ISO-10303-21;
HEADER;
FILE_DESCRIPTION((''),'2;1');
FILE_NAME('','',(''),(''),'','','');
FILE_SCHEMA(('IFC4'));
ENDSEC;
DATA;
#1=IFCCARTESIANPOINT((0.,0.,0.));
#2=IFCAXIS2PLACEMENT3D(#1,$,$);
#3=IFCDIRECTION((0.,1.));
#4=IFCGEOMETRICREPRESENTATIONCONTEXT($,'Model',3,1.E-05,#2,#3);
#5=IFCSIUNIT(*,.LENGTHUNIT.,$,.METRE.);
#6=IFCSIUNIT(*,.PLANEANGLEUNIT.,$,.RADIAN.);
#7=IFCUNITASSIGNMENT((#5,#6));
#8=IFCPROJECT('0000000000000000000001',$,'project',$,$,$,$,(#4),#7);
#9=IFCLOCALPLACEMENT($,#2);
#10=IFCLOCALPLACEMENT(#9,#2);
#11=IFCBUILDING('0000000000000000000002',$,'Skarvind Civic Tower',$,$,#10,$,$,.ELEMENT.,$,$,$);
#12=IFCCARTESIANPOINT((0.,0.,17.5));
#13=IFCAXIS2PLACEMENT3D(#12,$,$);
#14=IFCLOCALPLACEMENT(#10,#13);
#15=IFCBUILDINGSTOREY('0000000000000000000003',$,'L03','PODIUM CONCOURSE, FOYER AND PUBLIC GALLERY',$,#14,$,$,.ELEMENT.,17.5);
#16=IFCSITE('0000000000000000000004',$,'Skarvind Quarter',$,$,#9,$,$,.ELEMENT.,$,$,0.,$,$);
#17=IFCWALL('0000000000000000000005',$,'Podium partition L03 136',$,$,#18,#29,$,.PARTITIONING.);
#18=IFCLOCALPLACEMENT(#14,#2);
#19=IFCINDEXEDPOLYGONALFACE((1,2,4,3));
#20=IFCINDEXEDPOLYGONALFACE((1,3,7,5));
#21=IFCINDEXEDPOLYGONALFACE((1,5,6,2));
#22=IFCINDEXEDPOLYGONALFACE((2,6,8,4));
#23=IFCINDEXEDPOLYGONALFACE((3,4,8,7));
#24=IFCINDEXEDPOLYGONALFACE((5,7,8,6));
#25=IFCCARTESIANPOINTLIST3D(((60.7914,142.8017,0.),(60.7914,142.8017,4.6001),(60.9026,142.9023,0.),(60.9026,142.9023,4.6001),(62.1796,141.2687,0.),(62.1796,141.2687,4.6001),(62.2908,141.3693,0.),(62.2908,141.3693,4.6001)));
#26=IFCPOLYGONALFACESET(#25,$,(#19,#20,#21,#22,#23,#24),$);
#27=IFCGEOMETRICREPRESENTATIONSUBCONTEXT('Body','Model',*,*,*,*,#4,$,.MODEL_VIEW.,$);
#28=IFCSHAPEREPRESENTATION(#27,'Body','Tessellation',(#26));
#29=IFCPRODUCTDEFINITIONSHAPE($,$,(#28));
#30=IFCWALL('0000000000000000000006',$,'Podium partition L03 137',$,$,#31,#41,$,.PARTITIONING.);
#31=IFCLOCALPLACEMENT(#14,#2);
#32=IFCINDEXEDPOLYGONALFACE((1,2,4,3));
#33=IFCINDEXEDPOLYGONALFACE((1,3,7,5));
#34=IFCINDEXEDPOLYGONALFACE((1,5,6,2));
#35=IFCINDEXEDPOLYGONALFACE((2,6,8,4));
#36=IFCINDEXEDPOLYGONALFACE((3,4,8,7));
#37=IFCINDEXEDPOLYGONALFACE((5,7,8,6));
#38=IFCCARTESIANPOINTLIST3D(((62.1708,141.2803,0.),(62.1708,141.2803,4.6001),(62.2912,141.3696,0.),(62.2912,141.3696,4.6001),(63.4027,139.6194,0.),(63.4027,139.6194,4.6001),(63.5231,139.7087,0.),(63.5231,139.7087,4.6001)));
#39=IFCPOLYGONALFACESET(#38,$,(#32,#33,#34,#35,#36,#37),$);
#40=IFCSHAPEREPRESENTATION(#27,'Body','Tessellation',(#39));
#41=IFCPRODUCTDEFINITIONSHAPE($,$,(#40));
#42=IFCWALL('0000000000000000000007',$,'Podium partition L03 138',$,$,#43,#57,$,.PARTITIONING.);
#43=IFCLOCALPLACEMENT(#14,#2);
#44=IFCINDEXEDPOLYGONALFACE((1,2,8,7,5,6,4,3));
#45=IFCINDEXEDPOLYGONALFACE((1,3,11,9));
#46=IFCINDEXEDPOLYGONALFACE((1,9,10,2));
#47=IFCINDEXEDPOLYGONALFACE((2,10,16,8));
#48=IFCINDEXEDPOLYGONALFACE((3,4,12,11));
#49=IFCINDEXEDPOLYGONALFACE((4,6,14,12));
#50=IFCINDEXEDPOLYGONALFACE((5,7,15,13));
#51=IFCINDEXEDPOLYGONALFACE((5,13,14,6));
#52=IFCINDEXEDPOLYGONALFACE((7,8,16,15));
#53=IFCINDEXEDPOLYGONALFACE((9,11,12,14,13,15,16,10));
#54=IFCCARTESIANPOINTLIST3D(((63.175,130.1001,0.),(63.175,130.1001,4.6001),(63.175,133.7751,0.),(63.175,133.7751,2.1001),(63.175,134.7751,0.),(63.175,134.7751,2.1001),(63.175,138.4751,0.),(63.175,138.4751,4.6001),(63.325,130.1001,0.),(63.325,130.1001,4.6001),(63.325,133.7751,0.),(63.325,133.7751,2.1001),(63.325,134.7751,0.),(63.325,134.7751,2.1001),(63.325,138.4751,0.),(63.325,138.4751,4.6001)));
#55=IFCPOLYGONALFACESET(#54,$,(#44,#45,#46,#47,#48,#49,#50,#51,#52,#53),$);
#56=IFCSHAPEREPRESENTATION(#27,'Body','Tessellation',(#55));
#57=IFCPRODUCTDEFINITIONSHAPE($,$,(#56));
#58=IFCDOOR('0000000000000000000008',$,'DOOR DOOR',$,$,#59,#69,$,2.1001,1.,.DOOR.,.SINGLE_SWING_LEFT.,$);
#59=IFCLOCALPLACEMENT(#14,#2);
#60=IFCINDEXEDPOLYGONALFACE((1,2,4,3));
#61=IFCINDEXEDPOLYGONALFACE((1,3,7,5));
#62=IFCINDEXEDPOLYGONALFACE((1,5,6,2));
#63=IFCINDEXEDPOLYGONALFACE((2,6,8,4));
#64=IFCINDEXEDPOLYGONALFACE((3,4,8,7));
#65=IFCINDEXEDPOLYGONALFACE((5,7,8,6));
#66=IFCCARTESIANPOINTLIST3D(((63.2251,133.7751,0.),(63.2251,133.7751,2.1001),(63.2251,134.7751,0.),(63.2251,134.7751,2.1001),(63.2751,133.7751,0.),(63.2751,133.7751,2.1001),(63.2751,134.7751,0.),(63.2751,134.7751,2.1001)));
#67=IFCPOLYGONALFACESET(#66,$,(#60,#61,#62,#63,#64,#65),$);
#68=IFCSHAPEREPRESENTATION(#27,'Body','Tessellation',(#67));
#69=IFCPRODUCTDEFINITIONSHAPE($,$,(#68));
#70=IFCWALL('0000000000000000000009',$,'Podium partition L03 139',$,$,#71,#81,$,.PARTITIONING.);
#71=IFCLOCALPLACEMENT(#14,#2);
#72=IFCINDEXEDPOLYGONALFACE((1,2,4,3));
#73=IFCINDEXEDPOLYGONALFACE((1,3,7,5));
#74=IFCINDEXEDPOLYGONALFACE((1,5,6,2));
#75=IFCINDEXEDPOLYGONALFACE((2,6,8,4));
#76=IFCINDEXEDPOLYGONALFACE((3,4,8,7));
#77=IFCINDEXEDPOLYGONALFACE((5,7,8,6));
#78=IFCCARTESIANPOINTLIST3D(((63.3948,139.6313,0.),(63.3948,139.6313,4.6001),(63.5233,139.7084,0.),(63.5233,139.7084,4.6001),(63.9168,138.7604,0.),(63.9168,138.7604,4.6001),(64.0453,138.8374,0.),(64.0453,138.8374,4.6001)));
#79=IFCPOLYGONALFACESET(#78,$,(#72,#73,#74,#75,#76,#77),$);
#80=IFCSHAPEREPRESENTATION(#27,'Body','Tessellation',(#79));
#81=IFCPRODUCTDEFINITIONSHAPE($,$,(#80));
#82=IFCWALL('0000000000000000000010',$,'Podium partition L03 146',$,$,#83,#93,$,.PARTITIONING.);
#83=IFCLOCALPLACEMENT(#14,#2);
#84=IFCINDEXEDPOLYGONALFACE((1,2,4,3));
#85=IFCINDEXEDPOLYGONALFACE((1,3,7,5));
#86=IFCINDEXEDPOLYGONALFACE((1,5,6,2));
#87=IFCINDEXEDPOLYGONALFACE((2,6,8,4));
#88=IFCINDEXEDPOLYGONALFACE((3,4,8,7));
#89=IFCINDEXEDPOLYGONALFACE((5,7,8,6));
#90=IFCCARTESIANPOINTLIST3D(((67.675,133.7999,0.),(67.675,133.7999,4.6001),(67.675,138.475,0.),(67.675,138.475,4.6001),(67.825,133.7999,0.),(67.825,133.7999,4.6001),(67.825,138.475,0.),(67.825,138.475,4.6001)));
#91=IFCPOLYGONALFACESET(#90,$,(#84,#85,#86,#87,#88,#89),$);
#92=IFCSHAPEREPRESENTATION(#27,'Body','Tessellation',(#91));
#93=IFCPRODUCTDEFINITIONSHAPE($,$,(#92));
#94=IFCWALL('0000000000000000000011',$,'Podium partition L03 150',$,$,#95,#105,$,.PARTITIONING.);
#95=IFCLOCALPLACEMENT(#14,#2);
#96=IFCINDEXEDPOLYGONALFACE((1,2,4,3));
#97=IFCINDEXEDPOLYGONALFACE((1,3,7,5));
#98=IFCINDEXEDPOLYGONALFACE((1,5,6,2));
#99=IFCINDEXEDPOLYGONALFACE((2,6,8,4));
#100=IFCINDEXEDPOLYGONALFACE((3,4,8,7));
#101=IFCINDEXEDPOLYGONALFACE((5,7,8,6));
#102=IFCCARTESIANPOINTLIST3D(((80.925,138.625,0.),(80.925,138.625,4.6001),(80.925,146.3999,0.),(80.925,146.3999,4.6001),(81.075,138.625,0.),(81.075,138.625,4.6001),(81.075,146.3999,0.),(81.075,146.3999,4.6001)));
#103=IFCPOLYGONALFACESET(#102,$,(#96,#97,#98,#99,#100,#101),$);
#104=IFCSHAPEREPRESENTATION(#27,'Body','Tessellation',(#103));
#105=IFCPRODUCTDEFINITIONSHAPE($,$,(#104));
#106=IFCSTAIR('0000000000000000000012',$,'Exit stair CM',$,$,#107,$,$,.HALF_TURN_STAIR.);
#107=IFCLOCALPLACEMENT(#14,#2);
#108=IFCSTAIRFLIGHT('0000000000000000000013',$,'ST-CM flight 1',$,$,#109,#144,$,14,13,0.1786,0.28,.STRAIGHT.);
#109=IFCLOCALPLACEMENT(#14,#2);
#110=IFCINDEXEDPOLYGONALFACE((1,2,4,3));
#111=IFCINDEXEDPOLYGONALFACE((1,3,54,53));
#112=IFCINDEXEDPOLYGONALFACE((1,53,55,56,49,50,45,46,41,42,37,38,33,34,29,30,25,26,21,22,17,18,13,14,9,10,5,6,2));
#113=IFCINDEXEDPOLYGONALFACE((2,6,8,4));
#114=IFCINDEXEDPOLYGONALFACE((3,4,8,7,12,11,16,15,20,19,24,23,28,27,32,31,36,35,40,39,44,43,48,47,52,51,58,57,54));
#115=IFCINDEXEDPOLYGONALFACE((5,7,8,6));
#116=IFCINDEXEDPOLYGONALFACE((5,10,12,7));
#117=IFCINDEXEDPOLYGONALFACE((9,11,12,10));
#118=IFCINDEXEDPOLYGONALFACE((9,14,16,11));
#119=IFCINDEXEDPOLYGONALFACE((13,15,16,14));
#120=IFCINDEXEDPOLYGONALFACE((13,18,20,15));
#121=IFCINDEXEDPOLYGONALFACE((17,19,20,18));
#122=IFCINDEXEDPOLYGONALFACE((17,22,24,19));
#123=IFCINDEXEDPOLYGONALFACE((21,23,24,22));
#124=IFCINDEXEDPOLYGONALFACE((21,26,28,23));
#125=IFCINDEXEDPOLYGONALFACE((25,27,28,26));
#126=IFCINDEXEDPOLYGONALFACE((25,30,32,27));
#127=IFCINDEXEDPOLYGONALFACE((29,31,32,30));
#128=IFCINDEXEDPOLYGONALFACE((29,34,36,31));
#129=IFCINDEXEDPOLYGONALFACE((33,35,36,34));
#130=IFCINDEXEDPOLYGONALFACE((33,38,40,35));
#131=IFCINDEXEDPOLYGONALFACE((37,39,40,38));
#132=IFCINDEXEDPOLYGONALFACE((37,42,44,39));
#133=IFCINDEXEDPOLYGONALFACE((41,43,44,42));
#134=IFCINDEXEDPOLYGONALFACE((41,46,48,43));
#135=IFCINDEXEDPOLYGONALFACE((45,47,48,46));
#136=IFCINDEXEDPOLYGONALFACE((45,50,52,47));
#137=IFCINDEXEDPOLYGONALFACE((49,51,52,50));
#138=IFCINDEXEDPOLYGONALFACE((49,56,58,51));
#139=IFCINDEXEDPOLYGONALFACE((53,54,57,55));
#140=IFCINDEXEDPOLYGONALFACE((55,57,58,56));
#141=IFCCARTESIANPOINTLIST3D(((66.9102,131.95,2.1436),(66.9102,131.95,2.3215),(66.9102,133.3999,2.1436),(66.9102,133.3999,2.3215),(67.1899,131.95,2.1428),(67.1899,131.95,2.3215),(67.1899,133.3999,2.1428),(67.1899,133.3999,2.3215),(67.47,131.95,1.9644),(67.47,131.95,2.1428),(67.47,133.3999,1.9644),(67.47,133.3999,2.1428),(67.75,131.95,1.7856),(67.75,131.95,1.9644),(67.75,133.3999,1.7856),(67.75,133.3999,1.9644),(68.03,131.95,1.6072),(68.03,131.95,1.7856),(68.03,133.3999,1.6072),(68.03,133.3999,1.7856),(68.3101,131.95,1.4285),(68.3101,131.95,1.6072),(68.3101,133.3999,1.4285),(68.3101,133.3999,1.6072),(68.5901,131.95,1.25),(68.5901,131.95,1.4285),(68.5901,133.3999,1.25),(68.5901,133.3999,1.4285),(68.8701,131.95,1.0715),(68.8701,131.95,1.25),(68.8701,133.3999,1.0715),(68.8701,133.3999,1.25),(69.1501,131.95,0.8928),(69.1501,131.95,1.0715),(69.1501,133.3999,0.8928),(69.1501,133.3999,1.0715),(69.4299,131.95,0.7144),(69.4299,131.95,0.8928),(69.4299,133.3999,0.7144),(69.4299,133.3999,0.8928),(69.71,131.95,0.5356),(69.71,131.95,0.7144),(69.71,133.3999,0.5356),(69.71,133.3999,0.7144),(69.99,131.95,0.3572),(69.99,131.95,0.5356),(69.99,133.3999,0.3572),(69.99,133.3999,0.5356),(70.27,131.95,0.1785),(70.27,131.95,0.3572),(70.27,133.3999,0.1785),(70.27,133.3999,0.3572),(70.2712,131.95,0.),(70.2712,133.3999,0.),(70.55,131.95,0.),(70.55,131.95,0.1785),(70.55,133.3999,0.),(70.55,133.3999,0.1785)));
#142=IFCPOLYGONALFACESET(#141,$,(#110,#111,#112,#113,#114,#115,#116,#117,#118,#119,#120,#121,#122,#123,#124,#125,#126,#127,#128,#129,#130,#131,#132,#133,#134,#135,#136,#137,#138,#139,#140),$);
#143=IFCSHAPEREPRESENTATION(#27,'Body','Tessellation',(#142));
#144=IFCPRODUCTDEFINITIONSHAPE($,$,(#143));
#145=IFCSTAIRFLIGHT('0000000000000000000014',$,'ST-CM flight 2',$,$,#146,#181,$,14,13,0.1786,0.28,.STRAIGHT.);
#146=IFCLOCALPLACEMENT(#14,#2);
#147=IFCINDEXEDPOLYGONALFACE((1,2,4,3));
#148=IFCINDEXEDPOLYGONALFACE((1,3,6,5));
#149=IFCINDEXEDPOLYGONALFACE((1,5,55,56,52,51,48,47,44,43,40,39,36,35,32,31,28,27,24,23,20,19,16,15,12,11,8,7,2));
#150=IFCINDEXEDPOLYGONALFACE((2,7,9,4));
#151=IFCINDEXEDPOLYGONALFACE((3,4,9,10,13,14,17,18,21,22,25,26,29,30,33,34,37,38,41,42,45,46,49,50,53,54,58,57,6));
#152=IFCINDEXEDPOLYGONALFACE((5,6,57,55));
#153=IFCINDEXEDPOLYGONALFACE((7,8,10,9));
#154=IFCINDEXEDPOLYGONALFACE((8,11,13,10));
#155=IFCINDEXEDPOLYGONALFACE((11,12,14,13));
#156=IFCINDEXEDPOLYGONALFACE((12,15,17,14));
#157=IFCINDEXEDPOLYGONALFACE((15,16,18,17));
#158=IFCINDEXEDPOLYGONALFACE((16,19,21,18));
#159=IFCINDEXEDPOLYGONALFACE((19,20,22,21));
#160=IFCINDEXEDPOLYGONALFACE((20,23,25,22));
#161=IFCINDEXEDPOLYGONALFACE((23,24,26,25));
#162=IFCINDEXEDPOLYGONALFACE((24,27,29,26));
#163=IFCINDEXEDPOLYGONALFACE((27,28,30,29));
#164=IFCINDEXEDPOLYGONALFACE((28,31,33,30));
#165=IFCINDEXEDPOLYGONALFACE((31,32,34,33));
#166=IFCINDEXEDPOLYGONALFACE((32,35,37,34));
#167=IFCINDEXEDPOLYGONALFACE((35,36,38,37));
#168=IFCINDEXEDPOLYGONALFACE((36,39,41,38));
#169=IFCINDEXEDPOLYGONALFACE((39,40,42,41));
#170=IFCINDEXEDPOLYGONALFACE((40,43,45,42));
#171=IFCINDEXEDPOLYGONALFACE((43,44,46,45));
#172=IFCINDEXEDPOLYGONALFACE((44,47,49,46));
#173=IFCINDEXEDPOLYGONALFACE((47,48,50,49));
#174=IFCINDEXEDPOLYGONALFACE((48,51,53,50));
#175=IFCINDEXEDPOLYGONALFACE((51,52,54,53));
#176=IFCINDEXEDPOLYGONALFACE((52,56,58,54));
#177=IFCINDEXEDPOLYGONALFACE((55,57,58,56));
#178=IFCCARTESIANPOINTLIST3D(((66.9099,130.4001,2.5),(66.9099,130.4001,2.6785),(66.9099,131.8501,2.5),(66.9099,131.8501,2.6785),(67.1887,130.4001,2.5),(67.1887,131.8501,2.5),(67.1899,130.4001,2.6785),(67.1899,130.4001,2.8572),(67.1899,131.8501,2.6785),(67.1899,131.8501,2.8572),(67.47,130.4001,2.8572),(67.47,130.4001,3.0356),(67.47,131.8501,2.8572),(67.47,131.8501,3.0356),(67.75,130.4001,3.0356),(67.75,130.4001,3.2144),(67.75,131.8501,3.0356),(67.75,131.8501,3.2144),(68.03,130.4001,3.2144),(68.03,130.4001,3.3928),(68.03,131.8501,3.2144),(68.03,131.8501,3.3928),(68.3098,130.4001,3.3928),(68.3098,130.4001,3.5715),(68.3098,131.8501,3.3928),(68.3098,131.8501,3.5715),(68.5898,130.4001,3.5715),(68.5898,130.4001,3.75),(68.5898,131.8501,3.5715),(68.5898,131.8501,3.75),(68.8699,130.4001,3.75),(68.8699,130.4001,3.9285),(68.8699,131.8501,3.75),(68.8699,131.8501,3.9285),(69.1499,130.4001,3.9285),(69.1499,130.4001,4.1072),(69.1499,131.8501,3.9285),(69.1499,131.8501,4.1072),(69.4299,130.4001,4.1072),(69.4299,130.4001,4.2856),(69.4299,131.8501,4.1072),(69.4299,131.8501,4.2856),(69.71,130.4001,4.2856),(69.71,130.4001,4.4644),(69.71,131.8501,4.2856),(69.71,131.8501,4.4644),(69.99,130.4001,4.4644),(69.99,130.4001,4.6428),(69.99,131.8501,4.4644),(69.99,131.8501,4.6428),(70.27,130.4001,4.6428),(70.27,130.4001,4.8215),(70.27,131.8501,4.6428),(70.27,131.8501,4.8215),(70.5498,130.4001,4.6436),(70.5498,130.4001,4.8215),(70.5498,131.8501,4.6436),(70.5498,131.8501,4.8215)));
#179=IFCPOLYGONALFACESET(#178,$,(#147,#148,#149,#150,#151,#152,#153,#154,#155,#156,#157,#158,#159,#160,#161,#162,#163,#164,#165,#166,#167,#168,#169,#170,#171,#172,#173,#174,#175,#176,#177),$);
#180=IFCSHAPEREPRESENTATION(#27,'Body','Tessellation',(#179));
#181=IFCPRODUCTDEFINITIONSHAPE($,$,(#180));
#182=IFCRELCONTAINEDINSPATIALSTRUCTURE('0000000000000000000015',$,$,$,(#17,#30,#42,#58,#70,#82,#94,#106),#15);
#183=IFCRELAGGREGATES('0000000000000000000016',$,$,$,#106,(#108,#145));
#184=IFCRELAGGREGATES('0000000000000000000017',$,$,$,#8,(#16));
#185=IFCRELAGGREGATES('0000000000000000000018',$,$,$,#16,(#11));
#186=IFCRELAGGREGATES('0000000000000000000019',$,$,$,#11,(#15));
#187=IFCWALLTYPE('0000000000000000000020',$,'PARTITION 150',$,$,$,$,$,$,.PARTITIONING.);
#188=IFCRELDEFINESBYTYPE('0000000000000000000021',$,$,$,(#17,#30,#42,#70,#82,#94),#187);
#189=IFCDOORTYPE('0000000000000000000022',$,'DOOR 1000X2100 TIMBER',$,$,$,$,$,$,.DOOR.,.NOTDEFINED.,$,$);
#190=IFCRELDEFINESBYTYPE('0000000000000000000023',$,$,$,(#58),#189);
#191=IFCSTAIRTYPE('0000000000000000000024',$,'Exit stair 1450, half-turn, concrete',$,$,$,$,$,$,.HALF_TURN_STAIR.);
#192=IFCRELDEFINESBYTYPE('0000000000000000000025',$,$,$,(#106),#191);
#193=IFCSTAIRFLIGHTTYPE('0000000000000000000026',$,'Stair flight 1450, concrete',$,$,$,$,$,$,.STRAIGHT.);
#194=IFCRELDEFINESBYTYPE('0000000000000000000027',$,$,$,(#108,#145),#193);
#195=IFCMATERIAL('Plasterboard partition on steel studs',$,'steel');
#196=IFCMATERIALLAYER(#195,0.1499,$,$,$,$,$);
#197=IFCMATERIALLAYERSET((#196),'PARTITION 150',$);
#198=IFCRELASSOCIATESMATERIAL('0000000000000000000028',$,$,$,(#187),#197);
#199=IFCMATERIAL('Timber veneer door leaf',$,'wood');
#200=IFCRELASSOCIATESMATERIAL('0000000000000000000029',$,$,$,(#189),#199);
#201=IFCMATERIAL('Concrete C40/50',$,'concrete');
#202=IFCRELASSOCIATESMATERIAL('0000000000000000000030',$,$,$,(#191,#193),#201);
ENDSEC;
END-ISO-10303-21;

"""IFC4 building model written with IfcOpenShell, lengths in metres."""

from ifc_helpers import new_model, si_unit, direction, frame, frame_2d, origin, place, context, subcontext, project, spatial, polyline, rectangle, outline, extrude, material, layer, layer_set, type_object, element, fill, aggregate, save


model = new_model("IFC4")

# Units and contexts
model_context = context("Model", 3, precision=1e-05, world=origin(), true_north=direction((0.0, 1.0)))
body_context = subcontext(model_context, "Body", "Model", "MODEL_VIEW")
ifc_project = project(units=[si_unit("LENGTHUNIT", "METRE"), si_unit("PLANEANGLEUNIT", "RADIAN")], contexts=[model_context])

# Site, building, storey
site_placement = place(None, origin())
site = spatial("IfcSite", under=ifc_project, at=site_placement, Name="Skarvind Quarter", CompositionType="ELEMENT", RefElevation=0.0)
building_placement = place(site_placement, origin())
building = spatial("IfcBuilding", under=site, at=building_placement, Name="Skarvind Civic Tower", CompositionType="ELEMENT")
storey_placement = place(building_placement, frame((0.0, 0.0, 17.5)))
storey = spatial("IfcBuildingStorey", under=building, at=storey_placement, Name="L03", Description="PODIUM CONCOURSE, FOYER AND PUBLIC GALLERY", CompositionType="ELEMENT", Elevation=17.5)

# Walls
ifc_material_1 = material(Name="Plasterboard partition on steel studs", Category="steel")
ifc_layer_1 = layer(ifc_material_1, 0.1499)
ifc_layer_set_1 = layer_set([ifc_layer_1], Name="PARTITION 150")
wall_type_1 = type_object("IfcWallType", Name="PARTITION 150", PredefinedType="PARTITIONING", material=ifc_layer_set_1)
for number, where, z_axis, x_axis, name in (
    (1, (60.8469, 142.8521, 0.0), (0.0, 0.0, 1.0), (0.671238, -0.741242, 0.0), "Podium partition L03 136"),
):
    element("IfcWall", number, at=place(storey_placement, frame(where, z_axis=z_axis, x_axis=x_axis)), inside=storey, type_object=wall_type_1, Name=name, PredefinedType="PARTITIONING", context=body_context, shape_type="SweptSolid", body=[
        extrude(rectangle(XDim=2.0681, YDim=0.1499, at=frame_2d((1.0342, 0.0))), origin(), (0.0, 0.0, 1.0), 4.6001),
    ])
wall_1_placement = place(storey_placement, frame((62.231, 141.325, 0.0), z_axis=(0.0, 0.0, 1.0), x_axis=(0.595741, -0.803176, 0.0)))
element("IfcWall", 2, at=wall_1_placement, inside=storey, type_object=wall_type_1, Name="Podium partition L03 137", PredefinedType="PARTITIONING", context=body_context, shape_type="SweptSolid", body=[
    extrude(rectangle(XDim=2.0679, YDim=0.1499, at=frame_2d((1.0339, 0.0))), origin(), (0.0, 0.0, 1.0), 4.6001),
])

# Wall, opening, door
wall_2_placement = place(storey_placement, frame((63.25, 130.1001, 0.0), z_axis=(0.0, 0.0, 1.0), x_axis=(0.0, 1.0, 0.0)))
wall_2 = element("IfcWall", 3, at=wall_2_placement, inside=storey, type_object=wall_type_1, Name="Podium partition L03 138", PredefinedType="PARTITIONING", context=body_context, shape_type="SweptSolid", body=[
    extrude(rectangle(XDim=8.375, YDim=0.1499, at=frame_2d((4.1875, 0.0))), origin(), (0.0, 0.0, 1.0), 4.6001),
])
opening_1_placement = place(wall_2_placement, frame((3.675, 0.0, 0.0)))
opening_1 = element("IfcOpeningElement", 4, at=opening_1_placement, cuts=wall_2, PredefinedType="OPENING", context=body_context, shape_type="SweptSolid", body=[
    extrude(rectangle(XDim=1.0, YDim=2.1001, at=frame_2d((0.5, 1.05))), frame((0.0, 0.085, 0.0), z_axis=(0.0, -1.0, 0.0), x_axis=(1.0, 0.0, 0.0)), (0.0, 0.0, 1.0), 0.1699),
])
ifc_material_2 = material(Name="Timber veneer door leaf", Category="wood")
door_type_1 = type_object("IfcDoorType", Name="DOOR 1000X2100 TIMBER", OperationType="NOTDEFINED", PredefinedType="DOOR", material=ifc_material_2)
door_1_placement = place(opening_1_placement, origin())
door_1 = element("IfcDoor", 5, at=door_1_placement, inside=storey, type_object=door_type_1, Name="DOOR DOOR", OperationType="SINGLE_SWING_LEFT", OverallHeight=2.1001, OverallWidth=1.0, PredefinedType="DOOR", context=body_context, shape_type="SweptSolid", body=[
    extrude(rectangle(XDim=1.0, YDim=2.1001, at=frame_2d((0.5, 1.05))), frame((0.0, 0.0249, 0.0), z_axis=(0.0, -1.0, 0.0), x_axis=(1.0, 0.0, 0.0)), (0.0, 0.0, 1.0), 0.05),
])
fill(opening_1, door_1)

# Walls
wall_3_placement = place(storey_placement, frame((63.459, 139.6699, 0.0), z_axis=(0.0, 0.0, 1.0), x_axis=(0.514107, -0.857726, 0.0)))
element("IfcWall", 6, at=wall_3_placement, inside=storey, type_object=wall_type_1, Name="Podium partition L03 139", PredefinedType="PARTITIONING", context=body_context, shape_type="SweptSolid", body=[
    extrude(rectangle(XDim=1.0154, YDim=0.1499, at=frame_2d((0.5078, 0.0))), origin(), (0.0, 0.0, 1.0), 4.6001),
])
wall_4_placement = place(storey_placement, frame((67.75, 133.8, 0.0), z_axis=(0.0, 0.0, 1.0), x_axis=(0.0, 1.0, 0.0)))
element("IfcWall", 7, at=wall_4_placement, inside=storey, type_object=wall_type_1, Name="Podium partition L03 146", PredefinedType="PARTITIONING", context=body_context, shape_type="SweptSolid", body=[
    extrude(rectangle(XDim=4.675, YDim=0.1499, at=frame_2d((2.3374, 0.0))), origin(), (0.0, 0.0, 1.0), 4.6001),
])
wall_5_placement = place(storey_placement, frame((81.0, 138.625, 0.0), z_axis=(0.0, 0.0, 1.0), x_axis=(0.0, 1.0, 0.0)))
element("IfcWall", 8, at=wall_5_placement, inside=storey, type_object=wall_type_1, Name="Podium partition L03 150", PredefinedType="PARTITIONING", context=body_context, shape_type="SweptSolid", body=[
    extrude(rectangle(XDim=7.7749, YDim=0.1499, at=frame_2d((3.8875, 0.0))), origin(), (0.0, 0.0, 1.0), 4.6001),
])

# Stair, stair flights
ifc_material_3 = material(Name="Concrete C40/50", Category="concrete")
stair_type = type_object("IfcStairType", Name="Exit stair 1450, half-turn, concrete", PredefinedType="HALF_TURN_STAIR", material=ifc_material_3)
stair_placement = place(storey_placement, origin())
stair = element("IfcStair", 9, at=stair_placement, inside=storey, type_object=stair_type, Name="Exit stair CM", PredefinedType="HALF_TURN_STAIR")
stair_flight_type = type_object("IfcStairFlightType", Name="Stair flight 1450, concrete", PredefinedType="STRAIGHT", material=ifc_material_3)
stair_flight_1_placement = place(storey_placement, frame((70.55, 132.675, 0.0), z_axis=(0.0, 0.0, 1.0), x_axis=(-1.0, 0.0, 0.0)))
stair_flight_1 = element("IfcStairFlight", 10, at=stair_flight_1_placement, type_object=stair_flight_type, Name="ST-CM flight 1", NumberOfRisers=14, NumberOfTreads=13, PredefinedType="STRAIGHT", RiserHeight=0.1786, TreadLength=0.28, context=body_context, shape_type="SweptSolid", body=[
    extrude(outline(polyline([(0.0, 0.0), (0.0, 0.1785), (0.28, 0.1785), (0.28, 0.3572), (0.5601, 0.3572), (0.5601, 0.5356), (0.8401, 0.5356), (0.8401, 0.7144), (1.1201, 0.7144), (1.1201, 0.8928), (1.3999, 0.8928), (1.3999, 1.0715), (1.6799, 1.0715), (1.6799, 1.25), (1.96, 1.25), (1.96, 1.4285), (2.24, 1.4285), (2.24, 1.6072), (2.52, 1.6072), (2.52, 1.7856), (2.8, 1.7856), (2.8, 1.9644), (3.0801, 1.9644), (3.0801, 2.1428), (3.3601, 2.1428), (3.3601, 2.3215), (3.6399, 2.3215), (3.6399, 2.5), (3.6399, 2.1436), (0.2788, 0.0), (0.0, 0.0)])), frame((0.0, 0.7251, 0.0), z_axis=(0.0, -1.0, 0.0), x_axis=(1.0, 0.0, 0.0)), (0.0, 0.0, 1.0), 1.45),
])
stair_flight_2_placement = place(storey_placement, frame((66.9099, 131.125, 2.5), z_axis=(0.0, 0.0, 1.0), x_axis=(1.0, 0.0, 0.0)))
stair_flight_2 = element("IfcStairFlight", 11, at=stair_flight_2_placement, type_object=stair_flight_type, Name="ST-CM flight 2", NumberOfRisers=14, NumberOfTreads=13, PredefinedType="STRAIGHT", RiserHeight=0.1786, TreadLength=0.28, context=body_context, shape_type="SweptSolid", body=[
    extrude(outline(polyline([(0.0, 0.0), (0.0, 0.1785), (0.28, 0.1785), (0.28, 0.3572), (0.5601, 0.3572), (0.5601, 0.5356), (0.8401, 0.5356), (0.8401, 0.7144), (1.1201, 0.7144), (1.1201, 0.8928), (1.3999, 0.8928), (1.3999, 1.0715), (1.6799, 1.0715), (1.6799, 1.25), (1.96, 1.25), (1.96, 1.4285), (2.24, 1.4285), (2.24, 1.6072), (2.52, 1.6072), (2.52, 1.7856), (2.8, 1.7856), (2.8, 1.9644), (3.0801, 1.9644), (3.0801, 2.1428), (3.3601, 2.1428), (3.3601, 2.3215), (3.6399, 2.3215), (3.6399, 2.5), (3.6399, 2.1436), (0.2788, 0.0), (0.0, 0.0)])), frame((0.0, 0.7251, 0.0), z_axis=(0.0, -1.0, 0.0), x_axis=(1.0, 0.0, 0.0)), (0.0, 0.0, 1.0), 1.45),
])
aggregate(stair, [stair_flight_1, stair_flight_2])

save(model, "model.ifc")
